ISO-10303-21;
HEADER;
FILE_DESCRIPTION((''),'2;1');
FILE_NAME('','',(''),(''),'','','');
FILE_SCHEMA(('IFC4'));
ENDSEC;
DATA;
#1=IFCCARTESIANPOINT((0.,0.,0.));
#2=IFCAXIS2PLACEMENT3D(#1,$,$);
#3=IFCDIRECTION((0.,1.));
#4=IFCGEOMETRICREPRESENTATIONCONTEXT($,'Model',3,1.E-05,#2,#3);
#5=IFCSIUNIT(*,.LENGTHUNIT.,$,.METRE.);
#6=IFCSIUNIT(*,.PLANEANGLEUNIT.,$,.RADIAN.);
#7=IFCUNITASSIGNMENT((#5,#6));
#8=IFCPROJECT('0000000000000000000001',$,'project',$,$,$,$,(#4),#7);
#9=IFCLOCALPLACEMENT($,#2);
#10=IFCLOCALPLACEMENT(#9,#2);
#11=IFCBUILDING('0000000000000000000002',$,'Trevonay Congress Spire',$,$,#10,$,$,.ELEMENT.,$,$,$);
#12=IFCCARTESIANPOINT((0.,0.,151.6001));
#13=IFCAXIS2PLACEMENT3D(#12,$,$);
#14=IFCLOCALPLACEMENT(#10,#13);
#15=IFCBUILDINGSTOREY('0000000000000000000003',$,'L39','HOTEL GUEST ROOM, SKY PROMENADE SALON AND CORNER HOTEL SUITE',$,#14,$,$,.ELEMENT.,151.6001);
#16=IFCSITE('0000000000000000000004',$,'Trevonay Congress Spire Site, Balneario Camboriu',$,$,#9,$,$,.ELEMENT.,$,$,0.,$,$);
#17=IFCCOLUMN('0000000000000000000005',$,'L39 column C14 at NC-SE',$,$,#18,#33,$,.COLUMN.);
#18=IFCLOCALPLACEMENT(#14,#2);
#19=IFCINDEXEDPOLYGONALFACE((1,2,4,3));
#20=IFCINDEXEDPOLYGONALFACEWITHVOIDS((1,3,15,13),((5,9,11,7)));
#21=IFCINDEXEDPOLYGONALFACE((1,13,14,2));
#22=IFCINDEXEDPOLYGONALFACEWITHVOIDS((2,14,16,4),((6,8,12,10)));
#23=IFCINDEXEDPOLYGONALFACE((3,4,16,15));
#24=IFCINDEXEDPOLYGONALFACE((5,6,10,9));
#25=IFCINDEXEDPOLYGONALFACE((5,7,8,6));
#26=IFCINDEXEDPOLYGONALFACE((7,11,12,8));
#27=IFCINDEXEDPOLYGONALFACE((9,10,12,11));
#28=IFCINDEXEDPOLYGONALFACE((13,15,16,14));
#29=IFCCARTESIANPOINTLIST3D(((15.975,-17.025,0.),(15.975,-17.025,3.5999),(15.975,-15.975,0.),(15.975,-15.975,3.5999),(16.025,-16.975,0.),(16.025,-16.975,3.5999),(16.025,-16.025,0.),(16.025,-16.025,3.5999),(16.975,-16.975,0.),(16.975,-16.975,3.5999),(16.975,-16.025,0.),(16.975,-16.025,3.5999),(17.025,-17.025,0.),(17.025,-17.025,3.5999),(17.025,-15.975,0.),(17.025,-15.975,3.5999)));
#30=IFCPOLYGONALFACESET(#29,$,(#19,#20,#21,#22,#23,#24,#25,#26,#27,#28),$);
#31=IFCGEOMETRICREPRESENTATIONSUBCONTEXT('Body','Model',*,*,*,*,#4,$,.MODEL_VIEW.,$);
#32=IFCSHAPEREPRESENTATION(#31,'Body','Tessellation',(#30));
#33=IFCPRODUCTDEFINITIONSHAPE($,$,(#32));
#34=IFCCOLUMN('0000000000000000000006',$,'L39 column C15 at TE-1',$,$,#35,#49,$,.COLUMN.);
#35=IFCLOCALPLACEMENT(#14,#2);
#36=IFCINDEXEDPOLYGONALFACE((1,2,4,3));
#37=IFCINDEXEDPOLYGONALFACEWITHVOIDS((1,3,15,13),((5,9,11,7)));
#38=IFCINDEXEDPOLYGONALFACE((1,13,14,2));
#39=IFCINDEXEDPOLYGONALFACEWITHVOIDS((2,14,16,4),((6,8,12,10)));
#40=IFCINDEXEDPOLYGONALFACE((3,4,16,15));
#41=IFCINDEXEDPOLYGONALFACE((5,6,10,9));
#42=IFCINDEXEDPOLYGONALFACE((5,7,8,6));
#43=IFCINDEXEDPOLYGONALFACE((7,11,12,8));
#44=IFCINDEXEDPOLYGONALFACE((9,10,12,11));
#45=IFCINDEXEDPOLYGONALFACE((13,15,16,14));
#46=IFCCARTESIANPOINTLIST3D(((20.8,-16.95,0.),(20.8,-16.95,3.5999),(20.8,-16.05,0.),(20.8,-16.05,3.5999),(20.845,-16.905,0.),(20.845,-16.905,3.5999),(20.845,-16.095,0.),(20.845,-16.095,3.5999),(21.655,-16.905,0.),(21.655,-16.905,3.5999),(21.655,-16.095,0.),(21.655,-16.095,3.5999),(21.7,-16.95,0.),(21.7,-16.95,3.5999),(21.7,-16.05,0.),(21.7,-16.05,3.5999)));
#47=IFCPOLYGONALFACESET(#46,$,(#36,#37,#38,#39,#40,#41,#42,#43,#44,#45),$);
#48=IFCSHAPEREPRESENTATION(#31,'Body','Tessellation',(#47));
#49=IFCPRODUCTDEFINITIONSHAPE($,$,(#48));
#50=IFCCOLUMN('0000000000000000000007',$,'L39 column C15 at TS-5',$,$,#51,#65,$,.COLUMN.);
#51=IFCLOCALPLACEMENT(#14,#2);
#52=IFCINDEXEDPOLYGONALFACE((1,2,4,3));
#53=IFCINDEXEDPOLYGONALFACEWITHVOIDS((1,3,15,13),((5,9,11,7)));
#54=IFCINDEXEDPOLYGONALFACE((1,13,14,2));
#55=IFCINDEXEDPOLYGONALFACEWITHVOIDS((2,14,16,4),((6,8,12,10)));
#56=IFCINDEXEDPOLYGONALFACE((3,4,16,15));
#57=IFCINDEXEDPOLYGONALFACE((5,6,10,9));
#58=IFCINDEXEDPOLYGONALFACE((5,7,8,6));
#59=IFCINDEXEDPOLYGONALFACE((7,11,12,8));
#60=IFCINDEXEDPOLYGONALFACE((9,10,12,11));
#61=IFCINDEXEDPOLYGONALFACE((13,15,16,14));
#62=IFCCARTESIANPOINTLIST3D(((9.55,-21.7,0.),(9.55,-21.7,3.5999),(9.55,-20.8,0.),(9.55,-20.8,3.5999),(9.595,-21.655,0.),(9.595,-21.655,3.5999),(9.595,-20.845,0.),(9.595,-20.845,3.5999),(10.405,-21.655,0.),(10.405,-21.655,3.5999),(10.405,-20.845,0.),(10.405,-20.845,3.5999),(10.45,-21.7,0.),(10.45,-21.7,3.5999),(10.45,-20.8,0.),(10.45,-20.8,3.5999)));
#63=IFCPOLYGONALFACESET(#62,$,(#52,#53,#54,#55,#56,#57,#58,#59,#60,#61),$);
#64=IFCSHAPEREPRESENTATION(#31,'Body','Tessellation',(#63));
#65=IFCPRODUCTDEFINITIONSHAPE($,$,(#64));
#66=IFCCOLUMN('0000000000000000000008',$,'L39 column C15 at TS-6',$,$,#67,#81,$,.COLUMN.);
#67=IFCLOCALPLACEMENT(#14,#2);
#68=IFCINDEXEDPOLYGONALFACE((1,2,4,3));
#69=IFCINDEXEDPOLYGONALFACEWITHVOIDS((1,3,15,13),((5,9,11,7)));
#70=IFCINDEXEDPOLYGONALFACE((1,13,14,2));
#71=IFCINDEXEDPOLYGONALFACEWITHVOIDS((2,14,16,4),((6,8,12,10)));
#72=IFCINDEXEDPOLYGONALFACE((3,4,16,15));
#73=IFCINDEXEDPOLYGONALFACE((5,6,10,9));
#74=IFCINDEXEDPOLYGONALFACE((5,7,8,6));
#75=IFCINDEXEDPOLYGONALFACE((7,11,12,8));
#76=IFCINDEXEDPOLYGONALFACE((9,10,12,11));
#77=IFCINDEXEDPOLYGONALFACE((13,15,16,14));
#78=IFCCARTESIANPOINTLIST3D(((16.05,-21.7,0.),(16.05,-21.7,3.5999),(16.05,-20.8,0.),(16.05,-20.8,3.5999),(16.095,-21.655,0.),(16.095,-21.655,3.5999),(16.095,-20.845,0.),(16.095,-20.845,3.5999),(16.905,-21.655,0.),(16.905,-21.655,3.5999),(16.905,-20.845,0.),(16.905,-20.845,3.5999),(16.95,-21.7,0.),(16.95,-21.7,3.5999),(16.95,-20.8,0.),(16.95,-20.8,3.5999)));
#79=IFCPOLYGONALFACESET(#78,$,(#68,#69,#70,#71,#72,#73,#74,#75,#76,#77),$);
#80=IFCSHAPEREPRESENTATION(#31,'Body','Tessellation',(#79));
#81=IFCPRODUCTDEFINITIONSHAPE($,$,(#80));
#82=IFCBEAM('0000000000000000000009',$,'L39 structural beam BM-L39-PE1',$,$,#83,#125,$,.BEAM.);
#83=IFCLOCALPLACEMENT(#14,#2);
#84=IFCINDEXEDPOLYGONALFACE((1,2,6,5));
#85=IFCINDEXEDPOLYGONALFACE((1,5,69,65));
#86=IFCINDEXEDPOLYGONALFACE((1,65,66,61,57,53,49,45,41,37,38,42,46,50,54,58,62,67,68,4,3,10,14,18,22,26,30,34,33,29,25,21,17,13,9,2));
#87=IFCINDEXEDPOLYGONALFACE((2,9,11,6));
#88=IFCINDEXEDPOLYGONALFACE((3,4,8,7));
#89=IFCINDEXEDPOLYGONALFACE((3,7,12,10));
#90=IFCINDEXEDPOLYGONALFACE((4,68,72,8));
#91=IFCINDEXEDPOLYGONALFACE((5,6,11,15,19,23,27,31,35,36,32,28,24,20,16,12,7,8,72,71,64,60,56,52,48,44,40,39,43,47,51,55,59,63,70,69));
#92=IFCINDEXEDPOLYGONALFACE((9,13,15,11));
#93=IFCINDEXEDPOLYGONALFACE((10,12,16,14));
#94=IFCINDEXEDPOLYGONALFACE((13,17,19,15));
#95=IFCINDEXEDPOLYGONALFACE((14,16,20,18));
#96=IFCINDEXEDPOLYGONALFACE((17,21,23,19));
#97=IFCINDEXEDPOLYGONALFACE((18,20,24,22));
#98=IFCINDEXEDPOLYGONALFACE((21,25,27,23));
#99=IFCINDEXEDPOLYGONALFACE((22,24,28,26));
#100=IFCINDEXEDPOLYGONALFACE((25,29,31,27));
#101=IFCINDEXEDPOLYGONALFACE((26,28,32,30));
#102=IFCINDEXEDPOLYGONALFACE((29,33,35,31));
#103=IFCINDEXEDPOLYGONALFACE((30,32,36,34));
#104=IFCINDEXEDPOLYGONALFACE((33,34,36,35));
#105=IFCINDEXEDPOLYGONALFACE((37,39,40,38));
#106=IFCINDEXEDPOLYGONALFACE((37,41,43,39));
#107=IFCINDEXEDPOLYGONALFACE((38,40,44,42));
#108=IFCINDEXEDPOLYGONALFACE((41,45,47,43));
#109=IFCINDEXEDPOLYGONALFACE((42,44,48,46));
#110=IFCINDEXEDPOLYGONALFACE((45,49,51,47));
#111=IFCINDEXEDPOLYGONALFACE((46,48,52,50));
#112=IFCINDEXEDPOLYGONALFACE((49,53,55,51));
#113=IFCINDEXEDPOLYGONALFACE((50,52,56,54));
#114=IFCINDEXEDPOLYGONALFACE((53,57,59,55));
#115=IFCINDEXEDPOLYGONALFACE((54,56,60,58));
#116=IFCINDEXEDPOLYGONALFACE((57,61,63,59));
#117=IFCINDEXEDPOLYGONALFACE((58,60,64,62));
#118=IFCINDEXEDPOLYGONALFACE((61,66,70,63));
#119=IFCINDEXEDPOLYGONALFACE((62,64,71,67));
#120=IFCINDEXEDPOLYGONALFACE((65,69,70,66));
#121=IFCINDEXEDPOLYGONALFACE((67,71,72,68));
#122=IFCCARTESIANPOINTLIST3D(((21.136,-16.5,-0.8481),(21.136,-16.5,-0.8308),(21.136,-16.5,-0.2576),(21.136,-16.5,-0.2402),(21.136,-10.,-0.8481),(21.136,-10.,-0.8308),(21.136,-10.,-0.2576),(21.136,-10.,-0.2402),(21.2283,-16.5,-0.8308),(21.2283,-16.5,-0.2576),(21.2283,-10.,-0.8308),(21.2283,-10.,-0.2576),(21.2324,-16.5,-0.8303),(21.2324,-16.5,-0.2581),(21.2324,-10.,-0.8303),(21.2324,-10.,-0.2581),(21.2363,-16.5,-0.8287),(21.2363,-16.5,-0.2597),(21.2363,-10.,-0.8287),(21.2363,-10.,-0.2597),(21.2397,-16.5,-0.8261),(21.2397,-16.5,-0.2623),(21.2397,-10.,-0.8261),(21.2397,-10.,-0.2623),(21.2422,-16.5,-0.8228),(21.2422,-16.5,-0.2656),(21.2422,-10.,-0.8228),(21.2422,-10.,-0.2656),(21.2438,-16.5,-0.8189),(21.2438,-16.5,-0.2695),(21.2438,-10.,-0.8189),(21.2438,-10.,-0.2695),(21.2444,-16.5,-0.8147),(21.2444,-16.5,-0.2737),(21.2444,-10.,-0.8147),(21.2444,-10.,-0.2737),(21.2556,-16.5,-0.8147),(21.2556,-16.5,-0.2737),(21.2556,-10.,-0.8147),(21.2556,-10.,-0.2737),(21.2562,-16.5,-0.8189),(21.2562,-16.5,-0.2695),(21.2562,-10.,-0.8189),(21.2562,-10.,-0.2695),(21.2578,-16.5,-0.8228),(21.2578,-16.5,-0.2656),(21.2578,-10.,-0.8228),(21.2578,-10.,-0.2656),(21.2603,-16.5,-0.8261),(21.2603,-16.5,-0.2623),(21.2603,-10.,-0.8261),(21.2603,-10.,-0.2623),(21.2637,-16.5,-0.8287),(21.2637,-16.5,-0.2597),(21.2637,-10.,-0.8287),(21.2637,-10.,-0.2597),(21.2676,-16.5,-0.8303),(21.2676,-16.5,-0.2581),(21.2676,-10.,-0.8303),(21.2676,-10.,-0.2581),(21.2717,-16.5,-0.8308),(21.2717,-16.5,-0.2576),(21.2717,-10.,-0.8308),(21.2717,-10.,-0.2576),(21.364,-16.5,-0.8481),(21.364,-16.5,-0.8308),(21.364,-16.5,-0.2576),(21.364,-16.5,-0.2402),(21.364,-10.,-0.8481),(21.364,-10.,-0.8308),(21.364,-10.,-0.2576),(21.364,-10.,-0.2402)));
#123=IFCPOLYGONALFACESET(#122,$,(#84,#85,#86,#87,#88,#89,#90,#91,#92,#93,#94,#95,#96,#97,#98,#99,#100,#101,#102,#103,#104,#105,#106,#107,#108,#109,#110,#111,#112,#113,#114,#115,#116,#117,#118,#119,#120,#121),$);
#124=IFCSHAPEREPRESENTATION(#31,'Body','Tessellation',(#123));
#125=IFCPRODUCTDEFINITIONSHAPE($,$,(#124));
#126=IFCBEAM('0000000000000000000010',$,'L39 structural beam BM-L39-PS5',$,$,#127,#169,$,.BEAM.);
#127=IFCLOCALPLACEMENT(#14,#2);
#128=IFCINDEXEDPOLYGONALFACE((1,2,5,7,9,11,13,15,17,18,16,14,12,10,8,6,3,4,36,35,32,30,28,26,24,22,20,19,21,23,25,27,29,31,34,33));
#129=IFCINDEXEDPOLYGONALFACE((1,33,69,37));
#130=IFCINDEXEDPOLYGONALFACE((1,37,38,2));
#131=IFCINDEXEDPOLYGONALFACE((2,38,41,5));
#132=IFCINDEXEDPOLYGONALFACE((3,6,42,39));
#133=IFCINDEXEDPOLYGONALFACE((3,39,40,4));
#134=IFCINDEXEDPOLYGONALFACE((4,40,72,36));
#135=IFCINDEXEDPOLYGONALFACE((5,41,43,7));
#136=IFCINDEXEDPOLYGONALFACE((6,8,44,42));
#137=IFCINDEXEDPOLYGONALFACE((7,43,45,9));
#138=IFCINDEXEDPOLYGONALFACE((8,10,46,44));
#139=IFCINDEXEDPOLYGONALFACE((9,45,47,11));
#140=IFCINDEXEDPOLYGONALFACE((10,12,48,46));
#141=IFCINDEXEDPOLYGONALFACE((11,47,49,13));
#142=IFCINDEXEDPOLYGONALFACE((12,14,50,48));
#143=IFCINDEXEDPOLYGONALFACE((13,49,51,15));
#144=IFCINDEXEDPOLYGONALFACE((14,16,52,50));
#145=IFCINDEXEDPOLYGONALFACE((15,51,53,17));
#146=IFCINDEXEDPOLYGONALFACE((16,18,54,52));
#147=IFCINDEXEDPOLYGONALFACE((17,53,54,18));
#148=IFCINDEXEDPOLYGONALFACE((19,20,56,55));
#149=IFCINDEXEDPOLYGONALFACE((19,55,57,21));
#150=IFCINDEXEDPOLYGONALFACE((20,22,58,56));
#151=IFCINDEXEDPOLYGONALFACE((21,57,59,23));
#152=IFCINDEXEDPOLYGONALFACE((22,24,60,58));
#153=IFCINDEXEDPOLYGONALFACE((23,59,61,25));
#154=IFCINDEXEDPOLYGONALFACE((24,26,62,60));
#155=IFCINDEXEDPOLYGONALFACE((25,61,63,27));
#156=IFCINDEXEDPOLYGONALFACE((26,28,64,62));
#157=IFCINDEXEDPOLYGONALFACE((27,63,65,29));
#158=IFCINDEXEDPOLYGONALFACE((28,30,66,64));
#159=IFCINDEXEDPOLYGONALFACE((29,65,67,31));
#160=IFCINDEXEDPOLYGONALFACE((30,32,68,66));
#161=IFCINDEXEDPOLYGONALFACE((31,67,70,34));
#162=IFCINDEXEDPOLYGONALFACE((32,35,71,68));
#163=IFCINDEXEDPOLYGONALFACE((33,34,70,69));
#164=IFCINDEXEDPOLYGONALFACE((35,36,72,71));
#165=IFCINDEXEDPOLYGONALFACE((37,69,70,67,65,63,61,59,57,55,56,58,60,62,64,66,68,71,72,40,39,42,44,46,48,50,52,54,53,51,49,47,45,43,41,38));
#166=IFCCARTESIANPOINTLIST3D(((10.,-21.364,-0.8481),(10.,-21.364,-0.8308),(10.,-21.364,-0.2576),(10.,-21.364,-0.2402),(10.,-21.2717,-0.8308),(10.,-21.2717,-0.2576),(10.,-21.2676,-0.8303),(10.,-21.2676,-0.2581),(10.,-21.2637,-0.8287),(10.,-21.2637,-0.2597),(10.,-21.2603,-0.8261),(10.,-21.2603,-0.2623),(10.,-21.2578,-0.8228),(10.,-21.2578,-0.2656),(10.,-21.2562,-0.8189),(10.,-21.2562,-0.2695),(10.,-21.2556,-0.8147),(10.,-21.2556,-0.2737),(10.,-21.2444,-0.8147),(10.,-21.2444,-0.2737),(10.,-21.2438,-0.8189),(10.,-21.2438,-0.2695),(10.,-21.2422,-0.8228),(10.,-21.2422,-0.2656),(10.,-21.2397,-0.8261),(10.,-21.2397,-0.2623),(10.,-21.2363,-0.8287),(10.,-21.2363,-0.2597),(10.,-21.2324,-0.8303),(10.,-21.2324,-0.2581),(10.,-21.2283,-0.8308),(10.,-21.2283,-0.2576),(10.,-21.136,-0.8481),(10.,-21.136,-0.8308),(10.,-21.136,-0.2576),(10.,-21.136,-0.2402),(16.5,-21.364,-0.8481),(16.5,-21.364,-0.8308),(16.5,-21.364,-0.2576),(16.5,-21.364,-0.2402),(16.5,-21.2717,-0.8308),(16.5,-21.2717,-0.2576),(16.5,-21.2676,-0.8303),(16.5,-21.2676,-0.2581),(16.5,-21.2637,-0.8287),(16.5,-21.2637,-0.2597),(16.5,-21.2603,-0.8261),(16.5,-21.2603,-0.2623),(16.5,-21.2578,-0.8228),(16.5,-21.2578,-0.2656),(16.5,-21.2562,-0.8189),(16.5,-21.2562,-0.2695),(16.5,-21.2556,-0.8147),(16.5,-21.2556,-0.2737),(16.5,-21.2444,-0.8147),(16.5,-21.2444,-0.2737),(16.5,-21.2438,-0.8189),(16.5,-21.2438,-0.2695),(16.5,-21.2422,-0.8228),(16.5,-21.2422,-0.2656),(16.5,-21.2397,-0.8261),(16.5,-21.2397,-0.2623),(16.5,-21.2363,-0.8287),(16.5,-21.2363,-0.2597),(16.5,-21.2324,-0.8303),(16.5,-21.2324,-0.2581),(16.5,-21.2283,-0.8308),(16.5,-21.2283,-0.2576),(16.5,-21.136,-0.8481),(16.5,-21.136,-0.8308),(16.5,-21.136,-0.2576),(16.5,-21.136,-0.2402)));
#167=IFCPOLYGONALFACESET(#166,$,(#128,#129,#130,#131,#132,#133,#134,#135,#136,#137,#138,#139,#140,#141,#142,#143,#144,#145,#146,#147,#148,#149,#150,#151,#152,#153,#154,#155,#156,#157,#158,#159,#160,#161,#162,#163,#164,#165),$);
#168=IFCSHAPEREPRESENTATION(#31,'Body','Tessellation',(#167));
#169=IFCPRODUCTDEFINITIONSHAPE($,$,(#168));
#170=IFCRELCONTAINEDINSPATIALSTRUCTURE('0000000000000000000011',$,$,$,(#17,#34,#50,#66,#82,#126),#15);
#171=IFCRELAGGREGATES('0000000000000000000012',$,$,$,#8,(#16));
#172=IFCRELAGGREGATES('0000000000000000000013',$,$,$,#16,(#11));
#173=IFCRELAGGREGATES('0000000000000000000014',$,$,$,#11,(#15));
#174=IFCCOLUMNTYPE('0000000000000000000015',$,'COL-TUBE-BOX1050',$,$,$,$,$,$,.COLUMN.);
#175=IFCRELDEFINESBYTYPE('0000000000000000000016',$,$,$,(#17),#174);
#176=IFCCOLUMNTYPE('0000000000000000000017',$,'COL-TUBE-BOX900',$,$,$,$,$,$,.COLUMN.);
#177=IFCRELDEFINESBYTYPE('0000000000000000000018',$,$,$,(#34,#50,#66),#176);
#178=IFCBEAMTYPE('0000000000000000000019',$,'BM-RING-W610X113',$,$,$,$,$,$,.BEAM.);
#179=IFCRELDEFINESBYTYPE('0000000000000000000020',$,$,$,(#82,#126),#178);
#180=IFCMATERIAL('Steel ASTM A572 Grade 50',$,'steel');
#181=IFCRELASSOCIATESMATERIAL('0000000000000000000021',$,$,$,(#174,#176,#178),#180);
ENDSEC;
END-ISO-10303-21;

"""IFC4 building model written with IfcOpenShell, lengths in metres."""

from ifc_helpers import new_model, si_unit, direction, frame, origin, origin_2d, place, context, subcontext, project, spatial, hollow_rectangle, i_section, extrude, material, material_profile, profile_set, type_object, element, save


model = new_model("IFC4")

# Units and contexts
model_context = context("Model", 3, precision=1e-05, world=origin(), true_north=direction((0.0, 1.0)))
body_context = subcontext(model_context, "Body", "Model", "MODEL_VIEW")
ifc_project = project(units=[si_unit("LENGTHUNIT", "METRE"), si_unit("PLANEANGLEUNIT", "RADIAN")], contexts=[model_context])

# Site, building, storey
site_placement = place(None, origin())
site = spatial("IfcSite", under=ifc_project, at=site_placement, Name="Trevonay Congress Spire Site, Balneario Camboriu", CompositionType="ELEMENT", RefElevation=0.0)
building_placement = place(site_placement, origin())
building = spatial("IfcBuilding", under=site, at=building_placement, Name="Trevonay Congress Spire", CompositionType="ELEMENT")
storey_placement = place(building_placement, frame((0.0, 0.0, 151.6001)))
storey = spatial("IfcBuildingStorey", under=building, at=storey_placement, Name="L39", Description="HOTEL GUEST ROOM, SKY PROMENADE SALON AND CORNER HOTEL SUITE", CompositionType="ELEMENT", Elevation=151.6001)

# Columns
ifc_material_1 = material(Name="Steel ASTM A572 Grade 50", Category="steel")
ifc_material_profile_1 = material_profile(ifc_material_1, hollow_rectangle(XDim=1.05, YDim=1.05, WallThickness=0.05, at=origin_2d()), Name="BOX 1050x1050x50")
ifc_profile_set_1 = profile_set([ifc_material_profile_1], Name="Steel ASTM A572 Grade 50")
column_type_1 = type_object("IfcColumnType", Name="COL-TUBE-BOX1050", PredefinedType="COLUMN", material=ifc_profile_set_1)
column_placement = place(storey_placement, frame((16.5, -16.5, 0.0), z_axis=(0.0, 0.0, 1.0), x_axis=(1.0, 0.0, 0.0)))
element("IfcColumn", 1, at=column_placement, inside=storey, type_object=column_type_1, Name="L39 column C14 at NC-SE", PredefinedType="COLUMN", context=body_context, shape_type="SweptSolid", body=[
    extrude(hollow_rectangle(XDim=1.05, YDim=1.05, WallThickness=0.05, at=origin_2d()), origin(), (0.0, 0.0, 1.0), 3.5999),
])
ifc_material_profile_2 = material_profile(ifc_material_1, hollow_rectangle(XDim=0.8999, YDim=0.8999, WallThickness=0.0449, at=origin_2d()), Name="BOX 900x900x45")
ifc_profile_set_2 = profile_set([ifc_material_profile_2], Name="Steel ASTM A572 Grade 50")
column_type_2 = type_object("IfcColumnType", Name="COL-TUBE-BOX900", PredefinedType="COLUMN", material=ifc_profile_set_2)
for number, where, z_axis, x_axis, name in (
    (2, (21.25, -16.5, 0.0), (0.0, 0.0, 1.0), (1.0, 0.0, 0.0), "L39 column C15 at TE-1"),
    (3, (10.0, -21.25, 0.0), (0.0, 0.0, 1.0), (1.0, 0.0, 0.0), "L39 column C15 at TS-5"),
    (4, (16.5, -21.25, 0.0), (0.0, 0.0, 1.0), (1.0, 0.0, 0.0), "L39 column C15 at TS-6"),
):
    element("IfcColumn", number, at=place(storey_placement, frame(where, z_axis=z_axis, x_axis=x_axis)), inside=storey, type_object=column_type_2, Name=name, PredefinedType="COLUMN", context=body_context, shape_type="SweptSolid", body=[
        extrude(hollow_rectangle(XDim=0.8999, YDim=0.8999, WallThickness=0.0449, at=origin_2d()), origin(), (0.0, 0.0, 1.0), 3.5999),
    ])

# Beams
ifc_material_profile_3 = material_profile(ifc_material_1, i_section(OverallWidth=0.228, OverallDepth=0.6079, WebThickness=0.0112, FlangeThickness=0.0173, FilletRadius=0.0161, at=origin_2d()), Name="W610x113")
ifc_profile_set_3 = profile_set([ifc_material_profile_3], Name="Steel ASTM A572 Grade 50")
beam_type_1 = type_object("IfcBeamType", Name="BM-RING-W610X113", PredefinedType="BEAM", material=ifc_profile_set_3)
for number, where, z_axis, x_axis, name in (
    (5, (21.25, -16.5, -0.5442), (0.0, 1.0, 0.0), (-1.0, 0.0, 0.0), "L39 structural beam BM-L39-PE1"),
    (6, (10.0, -21.25, -0.5442), (1.0, 0.0, 0.0), (0.0, 1.0, 0.0), "L39 structural beam BM-L39-PS5"),
):
    element("IfcBeam", number, at=place(storey_placement, frame(where, z_axis=z_axis, x_axis=x_axis)), inside=storey, type_object=beam_type_1, Name=name, PredefinedType="BEAM", context=body_context, shape_type="SweptSolid", body=[
        extrude(i_section(OverallWidth=0.228, OverallDepth=0.6079, WebThickness=0.0112, FlangeThickness=0.0173, FilletRadius=0.0161, at=origin_2d()), origin(), (0.0, 0.0, 1.0), 6.5),
    ])

save(model, "model.ifc")
